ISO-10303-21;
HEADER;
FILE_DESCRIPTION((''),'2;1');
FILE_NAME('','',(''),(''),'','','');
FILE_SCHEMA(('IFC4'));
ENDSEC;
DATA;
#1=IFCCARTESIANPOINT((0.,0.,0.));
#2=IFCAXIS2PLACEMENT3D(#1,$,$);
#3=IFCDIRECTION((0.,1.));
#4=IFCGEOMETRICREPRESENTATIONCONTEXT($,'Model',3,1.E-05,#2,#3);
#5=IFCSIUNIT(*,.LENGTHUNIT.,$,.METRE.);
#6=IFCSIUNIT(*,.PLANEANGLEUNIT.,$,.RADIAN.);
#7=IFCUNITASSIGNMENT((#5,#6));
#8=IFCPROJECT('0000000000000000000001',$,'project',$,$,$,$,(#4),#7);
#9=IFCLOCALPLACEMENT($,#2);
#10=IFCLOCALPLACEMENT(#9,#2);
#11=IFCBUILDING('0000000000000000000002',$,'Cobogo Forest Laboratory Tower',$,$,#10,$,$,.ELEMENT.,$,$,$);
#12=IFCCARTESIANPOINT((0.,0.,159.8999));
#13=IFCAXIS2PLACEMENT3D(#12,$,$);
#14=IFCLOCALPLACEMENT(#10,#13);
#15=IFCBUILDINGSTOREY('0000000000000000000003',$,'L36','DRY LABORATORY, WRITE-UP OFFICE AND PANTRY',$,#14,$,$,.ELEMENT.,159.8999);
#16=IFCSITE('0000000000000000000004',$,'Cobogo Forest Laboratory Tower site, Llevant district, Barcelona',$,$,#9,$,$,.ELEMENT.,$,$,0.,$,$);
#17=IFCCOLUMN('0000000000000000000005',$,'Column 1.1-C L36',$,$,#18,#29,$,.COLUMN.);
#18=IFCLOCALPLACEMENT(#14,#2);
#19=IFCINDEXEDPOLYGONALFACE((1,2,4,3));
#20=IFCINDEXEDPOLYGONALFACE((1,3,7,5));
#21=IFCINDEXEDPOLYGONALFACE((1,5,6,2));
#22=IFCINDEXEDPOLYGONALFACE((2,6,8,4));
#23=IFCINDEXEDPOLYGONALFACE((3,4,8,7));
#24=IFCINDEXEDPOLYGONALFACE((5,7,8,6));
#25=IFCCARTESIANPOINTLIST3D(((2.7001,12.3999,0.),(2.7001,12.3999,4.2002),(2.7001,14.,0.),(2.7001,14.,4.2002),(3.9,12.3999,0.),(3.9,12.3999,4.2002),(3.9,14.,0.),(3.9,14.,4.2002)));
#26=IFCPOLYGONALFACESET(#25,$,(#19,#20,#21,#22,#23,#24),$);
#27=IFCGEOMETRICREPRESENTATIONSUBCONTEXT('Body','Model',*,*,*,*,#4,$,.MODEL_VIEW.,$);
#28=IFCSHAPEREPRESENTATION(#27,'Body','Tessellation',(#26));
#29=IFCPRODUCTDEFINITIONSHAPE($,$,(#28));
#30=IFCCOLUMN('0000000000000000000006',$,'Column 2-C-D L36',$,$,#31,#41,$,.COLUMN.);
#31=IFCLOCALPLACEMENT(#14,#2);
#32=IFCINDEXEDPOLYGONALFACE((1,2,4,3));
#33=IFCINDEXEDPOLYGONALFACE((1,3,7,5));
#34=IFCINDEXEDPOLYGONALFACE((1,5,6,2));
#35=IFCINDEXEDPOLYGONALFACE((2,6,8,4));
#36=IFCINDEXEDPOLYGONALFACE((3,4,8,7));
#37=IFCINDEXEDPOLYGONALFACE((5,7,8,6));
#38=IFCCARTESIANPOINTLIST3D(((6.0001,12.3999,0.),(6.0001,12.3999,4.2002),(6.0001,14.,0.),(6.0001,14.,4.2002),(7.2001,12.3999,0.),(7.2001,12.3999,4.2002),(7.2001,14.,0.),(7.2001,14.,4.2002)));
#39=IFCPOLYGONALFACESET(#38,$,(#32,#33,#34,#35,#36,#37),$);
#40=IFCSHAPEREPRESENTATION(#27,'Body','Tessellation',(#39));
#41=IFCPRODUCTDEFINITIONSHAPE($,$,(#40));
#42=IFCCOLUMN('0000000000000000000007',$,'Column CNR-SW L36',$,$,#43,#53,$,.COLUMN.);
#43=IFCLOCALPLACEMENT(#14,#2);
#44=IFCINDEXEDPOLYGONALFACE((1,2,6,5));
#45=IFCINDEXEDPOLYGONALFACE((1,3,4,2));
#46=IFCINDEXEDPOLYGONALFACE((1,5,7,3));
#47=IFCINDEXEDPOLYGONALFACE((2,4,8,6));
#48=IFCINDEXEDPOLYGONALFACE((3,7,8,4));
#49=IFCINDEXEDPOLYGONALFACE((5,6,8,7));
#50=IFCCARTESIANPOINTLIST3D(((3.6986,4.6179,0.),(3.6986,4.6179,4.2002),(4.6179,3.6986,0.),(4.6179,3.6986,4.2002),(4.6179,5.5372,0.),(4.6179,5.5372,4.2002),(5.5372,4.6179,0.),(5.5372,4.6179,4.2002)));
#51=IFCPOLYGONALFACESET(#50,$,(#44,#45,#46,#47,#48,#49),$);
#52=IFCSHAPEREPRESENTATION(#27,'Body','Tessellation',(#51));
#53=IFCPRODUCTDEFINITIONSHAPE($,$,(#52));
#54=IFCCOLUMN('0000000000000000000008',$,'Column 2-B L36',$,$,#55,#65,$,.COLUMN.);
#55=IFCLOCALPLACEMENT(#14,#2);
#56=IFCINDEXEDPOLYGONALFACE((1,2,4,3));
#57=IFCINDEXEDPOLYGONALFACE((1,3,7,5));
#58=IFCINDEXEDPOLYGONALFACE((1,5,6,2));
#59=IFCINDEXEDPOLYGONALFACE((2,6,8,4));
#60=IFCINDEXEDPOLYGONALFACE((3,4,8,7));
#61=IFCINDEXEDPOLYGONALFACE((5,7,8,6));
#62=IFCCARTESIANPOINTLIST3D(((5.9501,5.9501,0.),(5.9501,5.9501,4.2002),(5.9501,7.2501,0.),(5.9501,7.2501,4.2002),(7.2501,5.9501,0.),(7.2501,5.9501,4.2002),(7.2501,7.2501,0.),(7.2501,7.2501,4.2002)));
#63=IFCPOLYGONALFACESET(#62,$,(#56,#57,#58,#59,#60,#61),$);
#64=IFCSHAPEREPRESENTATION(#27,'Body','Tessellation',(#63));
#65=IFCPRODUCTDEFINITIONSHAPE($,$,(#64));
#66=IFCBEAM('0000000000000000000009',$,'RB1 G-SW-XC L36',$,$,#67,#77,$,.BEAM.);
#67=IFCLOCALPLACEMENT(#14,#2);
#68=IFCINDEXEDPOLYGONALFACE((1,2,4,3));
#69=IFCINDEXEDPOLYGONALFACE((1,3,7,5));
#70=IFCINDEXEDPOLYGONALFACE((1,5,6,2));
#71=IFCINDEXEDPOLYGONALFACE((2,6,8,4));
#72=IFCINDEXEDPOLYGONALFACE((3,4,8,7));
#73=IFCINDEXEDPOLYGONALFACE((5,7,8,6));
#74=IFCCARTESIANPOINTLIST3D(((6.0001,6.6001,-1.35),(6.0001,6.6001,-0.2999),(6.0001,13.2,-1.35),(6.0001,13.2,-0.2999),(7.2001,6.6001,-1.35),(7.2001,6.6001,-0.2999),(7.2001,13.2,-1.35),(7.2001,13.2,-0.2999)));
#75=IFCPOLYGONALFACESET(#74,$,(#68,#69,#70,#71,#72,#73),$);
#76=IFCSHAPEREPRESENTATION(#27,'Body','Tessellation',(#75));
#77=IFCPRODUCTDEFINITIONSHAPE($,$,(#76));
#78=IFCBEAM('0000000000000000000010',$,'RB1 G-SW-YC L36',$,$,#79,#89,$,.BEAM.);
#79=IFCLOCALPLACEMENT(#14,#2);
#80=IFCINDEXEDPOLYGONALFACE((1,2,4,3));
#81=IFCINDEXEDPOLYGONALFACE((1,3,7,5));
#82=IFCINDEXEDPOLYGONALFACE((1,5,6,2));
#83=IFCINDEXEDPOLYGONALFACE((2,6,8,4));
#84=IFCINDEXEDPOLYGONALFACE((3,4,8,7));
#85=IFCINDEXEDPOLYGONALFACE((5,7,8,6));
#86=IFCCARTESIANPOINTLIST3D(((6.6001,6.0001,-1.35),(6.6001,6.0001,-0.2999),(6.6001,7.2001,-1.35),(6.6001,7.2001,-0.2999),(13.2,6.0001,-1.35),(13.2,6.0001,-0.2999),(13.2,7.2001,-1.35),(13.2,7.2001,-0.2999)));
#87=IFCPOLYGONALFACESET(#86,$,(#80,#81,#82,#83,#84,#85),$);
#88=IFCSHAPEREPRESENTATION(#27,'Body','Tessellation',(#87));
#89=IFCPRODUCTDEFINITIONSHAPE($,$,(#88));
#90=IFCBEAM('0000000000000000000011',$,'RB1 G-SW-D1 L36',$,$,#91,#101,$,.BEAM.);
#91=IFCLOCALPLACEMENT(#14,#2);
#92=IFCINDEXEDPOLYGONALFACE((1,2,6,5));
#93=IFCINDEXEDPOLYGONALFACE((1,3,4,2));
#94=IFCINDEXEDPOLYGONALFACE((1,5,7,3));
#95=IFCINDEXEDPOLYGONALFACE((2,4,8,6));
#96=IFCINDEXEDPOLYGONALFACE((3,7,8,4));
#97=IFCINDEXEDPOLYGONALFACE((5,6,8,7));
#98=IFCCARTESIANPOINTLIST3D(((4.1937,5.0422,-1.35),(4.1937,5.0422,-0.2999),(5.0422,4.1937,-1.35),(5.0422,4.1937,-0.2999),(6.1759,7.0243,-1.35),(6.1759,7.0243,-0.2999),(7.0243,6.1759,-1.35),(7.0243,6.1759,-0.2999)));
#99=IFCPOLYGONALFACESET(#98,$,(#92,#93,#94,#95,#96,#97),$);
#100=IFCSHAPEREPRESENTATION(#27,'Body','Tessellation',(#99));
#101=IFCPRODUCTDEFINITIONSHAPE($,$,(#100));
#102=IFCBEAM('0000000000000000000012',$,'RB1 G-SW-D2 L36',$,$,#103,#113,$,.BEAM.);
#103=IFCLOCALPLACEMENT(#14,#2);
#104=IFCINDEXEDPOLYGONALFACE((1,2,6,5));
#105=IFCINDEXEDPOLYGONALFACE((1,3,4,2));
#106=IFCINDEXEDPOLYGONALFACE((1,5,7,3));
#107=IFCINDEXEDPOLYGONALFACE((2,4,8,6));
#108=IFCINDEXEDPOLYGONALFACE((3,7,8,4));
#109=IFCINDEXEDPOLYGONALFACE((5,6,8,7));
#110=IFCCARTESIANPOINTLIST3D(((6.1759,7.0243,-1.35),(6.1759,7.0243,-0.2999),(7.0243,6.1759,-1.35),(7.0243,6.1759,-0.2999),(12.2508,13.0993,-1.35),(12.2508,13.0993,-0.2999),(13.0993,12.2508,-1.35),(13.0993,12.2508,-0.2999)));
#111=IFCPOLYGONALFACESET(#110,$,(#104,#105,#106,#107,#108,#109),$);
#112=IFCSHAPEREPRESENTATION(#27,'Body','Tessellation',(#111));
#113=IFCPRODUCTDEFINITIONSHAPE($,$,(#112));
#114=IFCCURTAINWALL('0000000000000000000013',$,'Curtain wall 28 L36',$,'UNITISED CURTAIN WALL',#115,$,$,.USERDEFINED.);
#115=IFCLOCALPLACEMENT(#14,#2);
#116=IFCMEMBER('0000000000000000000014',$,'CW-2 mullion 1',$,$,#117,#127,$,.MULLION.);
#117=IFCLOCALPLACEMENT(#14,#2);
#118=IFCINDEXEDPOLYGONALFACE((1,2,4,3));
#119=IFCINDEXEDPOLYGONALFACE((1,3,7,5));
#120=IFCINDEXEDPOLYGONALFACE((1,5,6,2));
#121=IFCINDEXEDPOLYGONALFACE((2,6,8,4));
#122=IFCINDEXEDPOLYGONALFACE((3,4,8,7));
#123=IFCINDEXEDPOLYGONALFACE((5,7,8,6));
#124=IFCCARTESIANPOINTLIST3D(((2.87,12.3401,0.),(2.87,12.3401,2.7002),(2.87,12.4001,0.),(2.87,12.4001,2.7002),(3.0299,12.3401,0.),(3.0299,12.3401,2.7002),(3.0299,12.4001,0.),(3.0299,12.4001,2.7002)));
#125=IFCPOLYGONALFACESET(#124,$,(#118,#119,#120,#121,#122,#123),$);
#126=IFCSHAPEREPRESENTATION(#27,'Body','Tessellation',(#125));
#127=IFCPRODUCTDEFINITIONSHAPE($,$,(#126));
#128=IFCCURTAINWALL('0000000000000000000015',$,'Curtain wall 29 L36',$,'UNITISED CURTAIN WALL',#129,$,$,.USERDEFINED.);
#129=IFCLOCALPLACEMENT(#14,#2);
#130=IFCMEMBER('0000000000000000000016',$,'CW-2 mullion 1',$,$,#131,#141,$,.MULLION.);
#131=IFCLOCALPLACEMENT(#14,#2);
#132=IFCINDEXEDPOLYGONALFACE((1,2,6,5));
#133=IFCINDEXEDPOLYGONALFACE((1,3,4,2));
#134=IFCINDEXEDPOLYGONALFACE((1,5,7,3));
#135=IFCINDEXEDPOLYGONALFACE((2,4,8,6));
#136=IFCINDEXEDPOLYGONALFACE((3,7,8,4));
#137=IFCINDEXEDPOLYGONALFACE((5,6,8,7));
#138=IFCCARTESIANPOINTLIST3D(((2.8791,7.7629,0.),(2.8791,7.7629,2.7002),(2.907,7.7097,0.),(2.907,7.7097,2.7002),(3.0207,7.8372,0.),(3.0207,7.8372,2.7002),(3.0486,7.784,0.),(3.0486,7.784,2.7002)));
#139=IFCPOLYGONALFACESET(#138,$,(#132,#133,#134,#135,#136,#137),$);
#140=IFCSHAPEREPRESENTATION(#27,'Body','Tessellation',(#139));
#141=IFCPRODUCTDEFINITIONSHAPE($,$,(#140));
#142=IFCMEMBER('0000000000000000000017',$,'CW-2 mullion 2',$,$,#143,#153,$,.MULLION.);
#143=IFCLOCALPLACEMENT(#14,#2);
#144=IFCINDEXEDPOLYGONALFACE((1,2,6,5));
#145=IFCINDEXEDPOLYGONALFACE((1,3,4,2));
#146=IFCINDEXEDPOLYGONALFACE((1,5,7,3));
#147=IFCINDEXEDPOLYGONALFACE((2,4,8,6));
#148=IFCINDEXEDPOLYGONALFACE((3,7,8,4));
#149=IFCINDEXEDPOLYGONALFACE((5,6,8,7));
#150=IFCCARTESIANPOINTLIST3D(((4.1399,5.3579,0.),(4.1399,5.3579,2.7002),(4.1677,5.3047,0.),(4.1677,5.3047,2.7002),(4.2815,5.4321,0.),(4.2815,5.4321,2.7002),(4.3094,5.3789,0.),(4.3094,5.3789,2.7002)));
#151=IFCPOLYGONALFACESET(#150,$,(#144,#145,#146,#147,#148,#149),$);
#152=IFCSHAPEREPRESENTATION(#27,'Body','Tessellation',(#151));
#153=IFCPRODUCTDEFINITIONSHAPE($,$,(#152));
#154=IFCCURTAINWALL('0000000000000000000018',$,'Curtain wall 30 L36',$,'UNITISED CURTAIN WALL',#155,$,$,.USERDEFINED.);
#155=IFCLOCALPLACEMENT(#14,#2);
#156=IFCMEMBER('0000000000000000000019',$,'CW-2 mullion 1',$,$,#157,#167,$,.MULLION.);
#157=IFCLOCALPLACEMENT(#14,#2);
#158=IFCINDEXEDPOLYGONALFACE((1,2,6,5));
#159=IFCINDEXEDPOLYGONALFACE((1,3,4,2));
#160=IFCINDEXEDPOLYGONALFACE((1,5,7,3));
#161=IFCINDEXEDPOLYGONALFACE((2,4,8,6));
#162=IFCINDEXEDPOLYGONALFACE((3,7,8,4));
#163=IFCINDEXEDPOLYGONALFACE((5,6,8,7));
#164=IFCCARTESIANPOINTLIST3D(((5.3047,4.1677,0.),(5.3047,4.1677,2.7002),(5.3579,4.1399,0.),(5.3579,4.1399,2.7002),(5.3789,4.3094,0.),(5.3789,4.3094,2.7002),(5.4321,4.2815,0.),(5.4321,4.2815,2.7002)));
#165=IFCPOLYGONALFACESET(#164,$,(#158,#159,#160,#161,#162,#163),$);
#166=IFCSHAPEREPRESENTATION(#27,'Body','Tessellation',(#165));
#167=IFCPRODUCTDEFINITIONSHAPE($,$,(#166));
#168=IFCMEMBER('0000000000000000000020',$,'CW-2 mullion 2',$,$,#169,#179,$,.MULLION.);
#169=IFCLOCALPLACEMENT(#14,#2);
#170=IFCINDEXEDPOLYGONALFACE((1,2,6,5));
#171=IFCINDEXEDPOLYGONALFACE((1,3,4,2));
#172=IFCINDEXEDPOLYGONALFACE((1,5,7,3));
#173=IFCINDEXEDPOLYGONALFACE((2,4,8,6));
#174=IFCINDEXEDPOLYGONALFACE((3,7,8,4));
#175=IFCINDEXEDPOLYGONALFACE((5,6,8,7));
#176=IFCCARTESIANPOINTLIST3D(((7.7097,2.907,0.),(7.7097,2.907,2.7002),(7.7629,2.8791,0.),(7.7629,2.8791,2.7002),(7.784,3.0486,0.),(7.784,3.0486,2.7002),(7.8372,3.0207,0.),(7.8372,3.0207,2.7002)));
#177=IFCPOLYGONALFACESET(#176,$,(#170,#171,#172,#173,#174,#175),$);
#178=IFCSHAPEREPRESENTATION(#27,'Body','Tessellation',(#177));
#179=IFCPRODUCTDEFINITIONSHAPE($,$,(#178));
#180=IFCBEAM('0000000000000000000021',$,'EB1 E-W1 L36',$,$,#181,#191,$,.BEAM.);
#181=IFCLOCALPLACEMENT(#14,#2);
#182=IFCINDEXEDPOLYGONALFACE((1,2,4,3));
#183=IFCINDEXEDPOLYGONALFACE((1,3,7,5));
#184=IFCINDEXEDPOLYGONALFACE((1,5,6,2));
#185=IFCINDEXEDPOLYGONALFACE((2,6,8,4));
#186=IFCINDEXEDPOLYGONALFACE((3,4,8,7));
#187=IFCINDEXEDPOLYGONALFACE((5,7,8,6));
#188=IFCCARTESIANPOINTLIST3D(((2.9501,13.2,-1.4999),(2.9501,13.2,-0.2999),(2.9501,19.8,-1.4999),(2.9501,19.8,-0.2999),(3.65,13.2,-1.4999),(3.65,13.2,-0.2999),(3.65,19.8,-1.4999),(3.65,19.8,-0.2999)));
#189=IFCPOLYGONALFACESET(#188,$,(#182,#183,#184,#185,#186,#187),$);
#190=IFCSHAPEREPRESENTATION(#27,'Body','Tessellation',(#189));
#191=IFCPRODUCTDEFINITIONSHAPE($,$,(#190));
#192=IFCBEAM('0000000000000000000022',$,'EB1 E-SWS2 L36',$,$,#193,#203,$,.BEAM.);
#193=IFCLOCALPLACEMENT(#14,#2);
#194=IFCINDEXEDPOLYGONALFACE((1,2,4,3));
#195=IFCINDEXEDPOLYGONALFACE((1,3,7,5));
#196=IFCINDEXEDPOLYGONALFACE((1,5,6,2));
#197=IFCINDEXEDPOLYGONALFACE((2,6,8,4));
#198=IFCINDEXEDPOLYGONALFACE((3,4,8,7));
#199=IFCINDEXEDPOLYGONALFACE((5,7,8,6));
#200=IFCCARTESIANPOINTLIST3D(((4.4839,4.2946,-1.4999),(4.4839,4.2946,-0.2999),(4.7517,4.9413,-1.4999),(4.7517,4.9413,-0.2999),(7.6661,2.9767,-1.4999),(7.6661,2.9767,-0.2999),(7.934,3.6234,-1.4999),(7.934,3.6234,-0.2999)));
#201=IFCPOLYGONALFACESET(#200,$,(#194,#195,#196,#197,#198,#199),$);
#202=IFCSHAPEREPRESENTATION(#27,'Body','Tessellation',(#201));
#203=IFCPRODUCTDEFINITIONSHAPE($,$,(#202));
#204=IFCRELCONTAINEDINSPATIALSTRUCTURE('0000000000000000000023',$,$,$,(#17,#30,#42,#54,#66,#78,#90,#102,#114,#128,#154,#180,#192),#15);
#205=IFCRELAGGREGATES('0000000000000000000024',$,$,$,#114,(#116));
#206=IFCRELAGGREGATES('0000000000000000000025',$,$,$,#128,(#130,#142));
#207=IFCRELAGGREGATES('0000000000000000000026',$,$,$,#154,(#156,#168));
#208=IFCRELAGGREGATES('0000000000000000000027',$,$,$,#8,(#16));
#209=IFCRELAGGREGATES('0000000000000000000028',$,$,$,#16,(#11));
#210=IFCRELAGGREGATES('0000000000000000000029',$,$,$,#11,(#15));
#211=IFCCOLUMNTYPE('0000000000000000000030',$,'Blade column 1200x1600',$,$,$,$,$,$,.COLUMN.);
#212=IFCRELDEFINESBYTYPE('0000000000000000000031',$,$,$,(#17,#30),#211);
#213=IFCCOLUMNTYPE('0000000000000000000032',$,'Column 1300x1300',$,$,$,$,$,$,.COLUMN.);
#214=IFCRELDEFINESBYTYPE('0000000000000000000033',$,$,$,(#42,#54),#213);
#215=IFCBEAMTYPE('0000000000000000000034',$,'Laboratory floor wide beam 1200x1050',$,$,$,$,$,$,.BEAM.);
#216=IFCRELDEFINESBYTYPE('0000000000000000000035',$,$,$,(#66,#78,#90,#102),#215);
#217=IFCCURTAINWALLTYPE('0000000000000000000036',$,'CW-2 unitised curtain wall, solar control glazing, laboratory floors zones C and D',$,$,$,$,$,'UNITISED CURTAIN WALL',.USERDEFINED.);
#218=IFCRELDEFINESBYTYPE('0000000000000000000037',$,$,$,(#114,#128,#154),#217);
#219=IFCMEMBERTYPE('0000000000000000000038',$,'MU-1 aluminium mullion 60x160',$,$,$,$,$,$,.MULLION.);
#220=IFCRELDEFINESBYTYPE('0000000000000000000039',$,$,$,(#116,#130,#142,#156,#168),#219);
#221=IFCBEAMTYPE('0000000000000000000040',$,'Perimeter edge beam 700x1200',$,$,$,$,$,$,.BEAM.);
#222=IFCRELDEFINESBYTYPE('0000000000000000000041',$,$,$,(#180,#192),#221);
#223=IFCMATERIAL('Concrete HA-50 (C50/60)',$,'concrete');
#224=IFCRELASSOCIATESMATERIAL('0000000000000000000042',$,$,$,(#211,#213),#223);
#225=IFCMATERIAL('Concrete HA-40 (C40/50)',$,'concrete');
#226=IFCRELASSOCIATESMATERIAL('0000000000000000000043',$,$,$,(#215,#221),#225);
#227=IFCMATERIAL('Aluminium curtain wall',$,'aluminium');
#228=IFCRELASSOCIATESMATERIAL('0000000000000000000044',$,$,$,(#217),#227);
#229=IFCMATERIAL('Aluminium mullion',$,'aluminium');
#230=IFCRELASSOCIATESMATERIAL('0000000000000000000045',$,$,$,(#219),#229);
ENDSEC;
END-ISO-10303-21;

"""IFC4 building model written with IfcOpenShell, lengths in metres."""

from ifc_helpers import new_model, si_unit, direction, frame, origin, origin_2d, place, context, subcontext, project, spatial, rectangle, extrude, material, material_profile, profile_set, type_object, element, aggregate, save


model = new_model("IFC4")

# Units and contexts
model_context = context("Model", 3, precision=1e-05, world=origin(), true_north=direction((0.0, 1.0)))
body_context = subcontext(model_context, "Body", "Model", "MODEL_VIEW")
ifc_project = project(units=[si_unit("LENGTHUNIT", "METRE"), si_unit("PLANEANGLEUNIT", "RADIAN")], contexts=[model_context])

# Site, building, storey
site_placement = place(None, origin())
site = spatial("IfcSite", under=ifc_project, at=site_placement, Name="Cobogo Forest Laboratory Tower site, Llevant district, Barcelona", CompositionType="ELEMENT", RefElevation=0.0)
building_placement = place(site_placement, origin())
building = spatial("IfcBuilding", under=site, at=building_placement, Name="Cobogo Forest Laboratory Tower", CompositionType="ELEMENT")
storey_placement = place(building_placement, frame((0.0, 0.0, 159.8999)))
storey = spatial("IfcBuildingStorey", under=building, at=storey_placement, Name="L36", Description="DRY LABORATORY, WRITE-UP OFFICE AND PANTRY", CompositionType="ELEMENT", Elevation=159.8999)

# Columns
ifc_material_1 = material(Name="Concrete HA-50 (C50/60)", Category="concrete")
ifc_material_profile_1 = material_profile(ifc_material_1, rectangle(XDim=1.6001, YDim=1.2, at=origin_2d()), Name="RC 1200x1600")
ifc_profile_set_1 = profile_set([ifc_material_profile_1], Name="Concrete HA-50 (C50/60)")
column_type_1 = type_object("IfcColumnType", Name="Blade column 1200x1600", PredefinedType="COLUMN", material=ifc_profile_set_1)
for number, where, z_axis, x_axis, name in (
    (1, (3.3, 13.2, 0.0), (0.0, 0.0, 1.0), (0.0, 1.0, 0.0), "Column 1.1-C L36"),
    (2, (6.6001, 13.2, 0.0), (0.0, 0.0, 1.0), (0.0, 1.0, 0.0), "Column 2-C-D L36"),
):
    element("IfcColumn", number, at=place(storey_placement, frame(where, z_axis=z_axis, x_axis=x_axis)), inside=storey, type_object=column_type_1, Name=name, PredefinedType="COLUMN", context=body_context, shape_type="SweptSolid", body=[
        extrude(rectangle(XDim=1.6001, YDim=1.2, at=origin_2d()), origin(), (0.0, 0.0, 1.0), 4.2002),
    ])
ifc_material_profile_2 = material_profile(ifc_material_1, rectangle(XDim=1.3, YDim=1.3, at=origin_2d()), Name="RC 1300x1300")
ifc_profile_set_2 = profile_set([ifc_material_profile_2], Name="Concrete HA-50 (C50/60)")
column_type_2 = type_object("IfcColumnType", Name="Column 1300x1300", PredefinedType="COLUMN", material=ifc_profile_set_2)
for number, where, z_axis, x_axis, name in (
    (3, (4.6179, 4.6179, 0.0), (0.0, 0.0, 1.0), (0.707107, 0.707107, 0.0), "Column CNR-SW L36"),
    (4, (6.6001, 6.6001, 0.0), (0.0, 0.0, 1.0), (1.0, 0.0, 0.0), "Column 2-B L36"),
):
    element("IfcColumn", number, at=place(storey_placement, frame(where, z_axis=z_axis, x_axis=x_axis)), inside=storey, type_object=column_type_2, Name=name, PredefinedType="COLUMN", context=body_context, shape_type="SweptSolid", body=[
        extrude(rectangle(XDim=1.3, YDim=1.3, at=origin_2d()), origin(), (0.0, 0.0, 1.0), 4.2002),
    ])

# Beams
ifc_material_2 = material(Name="Concrete HA-40 (C40/50)", Category="concrete")
ifc_material_profile_3 = material_profile(ifc_material_2, rectangle(XDim=1.2, YDim=1.05, at=origin_2d()), Name="RC 1200x1050")
ifc_profile_set_3 = profile_set([ifc_material_profile_3], Name="Concrete HA-40 (C40/50)")
beam_type_1 = type_object("IfcBeamType", Name="Laboratory floor wide beam 1200x1050", PredefinedType="BEAM", material=ifc_profile_set_3)
for number, where, z_axis, x_axis, name in (
    (5, (6.6001, 6.6001, -0.825), (0.0, 1.0, 0.0), (-1.0, 0.0, 0.0), "RB1 G-SW-XC L36"),
    (6, (6.6001, 6.6001, -0.825), (1.0, 0.0, 0.0), (0.0, 1.0, 0.0), "RB1 G-SW-YC L36"),
):
    element("IfcBeam", number, at=place(storey_placement, frame(where, z_axis=z_axis, x_axis=x_axis)), inside=storey, type_object=beam_type_1, Name=name, PredefinedType="BEAM", context=body_context, shape_type="SweptSolid", body=[
        extrude(rectangle(XDim=1.2, YDim=1.05, at=origin_2d()), origin(), (0.0, 0.0, 1.0), 6.5999),
    ])
beam_1_placement = place(storey_placement, frame((4.6179, 4.6179, -0.825), z_axis=(0.707107, 0.707107, 0.0), x_axis=(-0.707107, 0.707107, 0.0)))
element("IfcBeam", 7, at=beam_1_placement, inside=storey, type_object=beam_type_1, Name="RB1 G-SW-D1 L36", PredefinedType="BEAM", context=body_context, shape_type="SweptSolid", body=[
    extrude(rectangle(XDim=1.2, YDim=1.05, at=origin_2d()), origin(), (0.0, 0.0, 1.0), 2.8032),
])
beam_2_placement = place(storey_placement, frame((6.6001, 6.6001, -0.825), z_axis=(0.707107, 0.707107, 0.0), x_axis=(-0.707107, 0.707107, 0.0)))
element("IfcBeam", 8, at=beam_2_placement, inside=storey, type_object=beam_type_1, Name="RB1 G-SW-D2 L36", PredefinedType="BEAM", context=body_context, shape_type="SweptSolid", body=[
    extrude(rectangle(XDim=1.2, YDim=1.05, at=origin_2d()), origin(), (0.0, 0.0, 1.0), 8.5913),
])

# Curtain wall, member
ifc_material_3 = material(Name="Aluminium curtain wall", Category="aluminium")
curtain_wall_type = type_object("IfcCurtainWallType", Name="CW-2 unitised curtain wall, solar control glazing, laboratory floors zones C and D", ElementType="UNITISED CURTAIN WALL", PredefinedType="USERDEFINED", material=ifc_material_3)
curtain_wall_1_placement = place(storey_placement, origin())
curtain_wall_1 = element("IfcCurtainWall", 9, at=curtain_wall_1_placement, inside=storey, type_object=curtain_wall_type, Name="Curtain wall 28 L36", ObjectType="UNITISED CURTAIN WALL", PredefinedType="USERDEFINED")
ifc_material_4 = material(Name="Aluminium mullion", Category="aluminium")
ifc_material_profile_4 = material_profile(ifc_material_4, rectangle(XDim=0.0601, YDim=0.1599, at=origin_2d()), Name="AL 60x160")
ifc_profile_set_4 = profile_set([ifc_material_profile_4], Name="Aluminium mullion")
member_type_1 = type_object("IfcMemberType", Name="MU-1 aluminium mullion 60x160", PredefinedType="MULLION", material=ifc_profile_set_4)
member_1_placement = place(storey_placement, frame((2.95, 12.3701, 0.0), z_axis=(0.0, 0.0, 1.0), x_axis=(0.0, -1.0, 0.0)))
member_1 = element("IfcMember", 10, at=member_1_placement, type_object=member_type_1, Name="CW-2 mullion 1", PredefinedType="MULLION", context=body_context, shape_type="SweptSolid", body=[
    extrude(rectangle(XDim=0.0601, YDim=0.1599, at=origin_2d()), origin(), (0.0, 0.0, 1.0), 2.7002),
])

# Curtain walls, members
curtain_wall_2_placement = place(storey_placement, origin())
curtain_wall_2 = element("IfcCurtainWall", 11, at=curtain_wall_2_placement, inside=storey, type_object=curtain_wall_type, Name="Curtain wall 29 L36", ObjectType="UNITISED CURTAIN WALL", PredefinedType="USERDEFINED")
member_2_placement = place(storey_placement, frame((2.9639, 7.7734, 0.0), z_axis=(0.0, 0.0, 1.0), x_axis=(0.464284, -0.885687, 0.0)))
member_2 = element("IfcMember", 12, at=member_2_placement, type_object=member_type_1, Name="CW-2 mullion 1", PredefinedType="MULLION", context=body_context, shape_type="SweptSolid", body=[
    extrude(rectangle(XDim=0.0601, YDim=0.1599, at=origin_2d()), origin(), (0.0, 0.0, 1.0), 2.7002),
])
member_3_placement = place(storey_placement, frame((4.2246, 5.3684, 0.0), z_axis=(0.0, 0.0, 1.0), x_axis=(0.464284, -0.885687, 0.0)))
member_3 = element("IfcMember", 13, at=member_3_placement, type_object=member_type_1, Name="CW-2 mullion 2", PredefinedType="MULLION", context=body_context, shape_type="SweptSolid", body=[
    extrude(rectangle(XDim=0.0601, YDim=0.1599, at=origin_2d()), origin(), (0.0, 0.0, 1.0), 2.7002),
])
curtain_wall_3_placement = place(storey_placement, origin())
curtain_wall_3 = element("IfcCurtainWall", 14, at=curtain_wall_3_placement, inside=storey, type_object=curtain_wall_type, Name="Curtain wall 30 L36", ObjectType="UNITISED CURTAIN WALL", PredefinedType="USERDEFINED")
member_4_placement = place(storey_placement, frame((5.3684, 4.2246, 0.0), z_axis=(0.0, 0.0, 1.0), x_axis=(0.885687, -0.464284, 0.0)))
member_4 = element("IfcMember", 15, at=member_4_placement, type_object=member_type_1, Name="CW-2 mullion 1", PredefinedType="MULLION", context=body_context, shape_type="SweptSolid", body=[
    extrude(rectangle(XDim=0.0601, YDim=0.1599, at=origin_2d()), origin(), (0.0, 0.0, 1.0), 2.7002),
])
member_5_placement = place(storey_placement, frame((7.7734, 2.9639, 0.0), z_axis=(0.0, 0.0, 1.0), x_axis=(0.885687, -0.464284, 0.0)))
member_5 = element("IfcMember", 16, at=member_5_placement, type_object=member_type_1, Name="CW-2 mullion 2", PredefinedType="MULLION", context=body_context, shape_type="SweptSolid", body=[
    extrude(rectangle(XDim=0.0601, YDim=0.1599, at=origin_2d()), origin(), (0.0, 0.0, 1.0), 2.7002),
])

# Beams
ifc_material_profile_5 = material_profile(ifc_material_2, rectangle(XDim=0.7, YDim=1.2, at=origin_2d()), Name="RC 700x1200")
ifc_profile_set_5 = profile_set([ifc_material_profile_5], Name="Concrete HA-40 (C40/50)")
beam_type_2 = type_object("IfcBeamType", Name="Perimeter edge beam 700x1200", PredefinedType="BEAM", material=ifc_profile_set_5)
beam_3_placement = place(storey_placement, frame((3.3, 13.2, -0.8999), z_axis=(0.0, 1.0, 0.0), x_axis=(-1.0, 0.0, 0.0)))
element("IfcBeam", 17, at=beam_3_placement, inside=storey, type_object=beam_type_2, Name="EB1 E-W1 L36", PredefinedType="BEAM", context=body_context, shape_type="SweptSolid", body=[
    extrude(rectangle(XDim=0.7, YDim=1.2, at=origin_2d()), origin(), (0.0, 0.0, 1.0), 6.6001),
])
beam_4_placement = place(storey_placement, frame((7.8, 3.3, -0.8999), z_axis=(-0.923901, 0.382631, 0.0), x_axis=(-0.382631, -0.923901, 0.0)))
element("IfcBeam", 18, at=beam_4_placement, inside=storey, type_object=beam_type_2, Name="EB1 E-SWS2 L36", PredefinedType="BEAM", context=body_context, shape_type="SweptSolid", body=[
    extrude(rectangle(XDim=0.7, YDim=1.2, at=origin_2d()), origin(), (0.0, 0.0, 1.0), 3.4443),
])

aggregate(curtain_wall_1, [member_1])
aggregate(curtain_wall_2, [member_2, member_3])
aggregate(curtain_wall_3, [member_4, member_5])

save(model, "model.ifc")
